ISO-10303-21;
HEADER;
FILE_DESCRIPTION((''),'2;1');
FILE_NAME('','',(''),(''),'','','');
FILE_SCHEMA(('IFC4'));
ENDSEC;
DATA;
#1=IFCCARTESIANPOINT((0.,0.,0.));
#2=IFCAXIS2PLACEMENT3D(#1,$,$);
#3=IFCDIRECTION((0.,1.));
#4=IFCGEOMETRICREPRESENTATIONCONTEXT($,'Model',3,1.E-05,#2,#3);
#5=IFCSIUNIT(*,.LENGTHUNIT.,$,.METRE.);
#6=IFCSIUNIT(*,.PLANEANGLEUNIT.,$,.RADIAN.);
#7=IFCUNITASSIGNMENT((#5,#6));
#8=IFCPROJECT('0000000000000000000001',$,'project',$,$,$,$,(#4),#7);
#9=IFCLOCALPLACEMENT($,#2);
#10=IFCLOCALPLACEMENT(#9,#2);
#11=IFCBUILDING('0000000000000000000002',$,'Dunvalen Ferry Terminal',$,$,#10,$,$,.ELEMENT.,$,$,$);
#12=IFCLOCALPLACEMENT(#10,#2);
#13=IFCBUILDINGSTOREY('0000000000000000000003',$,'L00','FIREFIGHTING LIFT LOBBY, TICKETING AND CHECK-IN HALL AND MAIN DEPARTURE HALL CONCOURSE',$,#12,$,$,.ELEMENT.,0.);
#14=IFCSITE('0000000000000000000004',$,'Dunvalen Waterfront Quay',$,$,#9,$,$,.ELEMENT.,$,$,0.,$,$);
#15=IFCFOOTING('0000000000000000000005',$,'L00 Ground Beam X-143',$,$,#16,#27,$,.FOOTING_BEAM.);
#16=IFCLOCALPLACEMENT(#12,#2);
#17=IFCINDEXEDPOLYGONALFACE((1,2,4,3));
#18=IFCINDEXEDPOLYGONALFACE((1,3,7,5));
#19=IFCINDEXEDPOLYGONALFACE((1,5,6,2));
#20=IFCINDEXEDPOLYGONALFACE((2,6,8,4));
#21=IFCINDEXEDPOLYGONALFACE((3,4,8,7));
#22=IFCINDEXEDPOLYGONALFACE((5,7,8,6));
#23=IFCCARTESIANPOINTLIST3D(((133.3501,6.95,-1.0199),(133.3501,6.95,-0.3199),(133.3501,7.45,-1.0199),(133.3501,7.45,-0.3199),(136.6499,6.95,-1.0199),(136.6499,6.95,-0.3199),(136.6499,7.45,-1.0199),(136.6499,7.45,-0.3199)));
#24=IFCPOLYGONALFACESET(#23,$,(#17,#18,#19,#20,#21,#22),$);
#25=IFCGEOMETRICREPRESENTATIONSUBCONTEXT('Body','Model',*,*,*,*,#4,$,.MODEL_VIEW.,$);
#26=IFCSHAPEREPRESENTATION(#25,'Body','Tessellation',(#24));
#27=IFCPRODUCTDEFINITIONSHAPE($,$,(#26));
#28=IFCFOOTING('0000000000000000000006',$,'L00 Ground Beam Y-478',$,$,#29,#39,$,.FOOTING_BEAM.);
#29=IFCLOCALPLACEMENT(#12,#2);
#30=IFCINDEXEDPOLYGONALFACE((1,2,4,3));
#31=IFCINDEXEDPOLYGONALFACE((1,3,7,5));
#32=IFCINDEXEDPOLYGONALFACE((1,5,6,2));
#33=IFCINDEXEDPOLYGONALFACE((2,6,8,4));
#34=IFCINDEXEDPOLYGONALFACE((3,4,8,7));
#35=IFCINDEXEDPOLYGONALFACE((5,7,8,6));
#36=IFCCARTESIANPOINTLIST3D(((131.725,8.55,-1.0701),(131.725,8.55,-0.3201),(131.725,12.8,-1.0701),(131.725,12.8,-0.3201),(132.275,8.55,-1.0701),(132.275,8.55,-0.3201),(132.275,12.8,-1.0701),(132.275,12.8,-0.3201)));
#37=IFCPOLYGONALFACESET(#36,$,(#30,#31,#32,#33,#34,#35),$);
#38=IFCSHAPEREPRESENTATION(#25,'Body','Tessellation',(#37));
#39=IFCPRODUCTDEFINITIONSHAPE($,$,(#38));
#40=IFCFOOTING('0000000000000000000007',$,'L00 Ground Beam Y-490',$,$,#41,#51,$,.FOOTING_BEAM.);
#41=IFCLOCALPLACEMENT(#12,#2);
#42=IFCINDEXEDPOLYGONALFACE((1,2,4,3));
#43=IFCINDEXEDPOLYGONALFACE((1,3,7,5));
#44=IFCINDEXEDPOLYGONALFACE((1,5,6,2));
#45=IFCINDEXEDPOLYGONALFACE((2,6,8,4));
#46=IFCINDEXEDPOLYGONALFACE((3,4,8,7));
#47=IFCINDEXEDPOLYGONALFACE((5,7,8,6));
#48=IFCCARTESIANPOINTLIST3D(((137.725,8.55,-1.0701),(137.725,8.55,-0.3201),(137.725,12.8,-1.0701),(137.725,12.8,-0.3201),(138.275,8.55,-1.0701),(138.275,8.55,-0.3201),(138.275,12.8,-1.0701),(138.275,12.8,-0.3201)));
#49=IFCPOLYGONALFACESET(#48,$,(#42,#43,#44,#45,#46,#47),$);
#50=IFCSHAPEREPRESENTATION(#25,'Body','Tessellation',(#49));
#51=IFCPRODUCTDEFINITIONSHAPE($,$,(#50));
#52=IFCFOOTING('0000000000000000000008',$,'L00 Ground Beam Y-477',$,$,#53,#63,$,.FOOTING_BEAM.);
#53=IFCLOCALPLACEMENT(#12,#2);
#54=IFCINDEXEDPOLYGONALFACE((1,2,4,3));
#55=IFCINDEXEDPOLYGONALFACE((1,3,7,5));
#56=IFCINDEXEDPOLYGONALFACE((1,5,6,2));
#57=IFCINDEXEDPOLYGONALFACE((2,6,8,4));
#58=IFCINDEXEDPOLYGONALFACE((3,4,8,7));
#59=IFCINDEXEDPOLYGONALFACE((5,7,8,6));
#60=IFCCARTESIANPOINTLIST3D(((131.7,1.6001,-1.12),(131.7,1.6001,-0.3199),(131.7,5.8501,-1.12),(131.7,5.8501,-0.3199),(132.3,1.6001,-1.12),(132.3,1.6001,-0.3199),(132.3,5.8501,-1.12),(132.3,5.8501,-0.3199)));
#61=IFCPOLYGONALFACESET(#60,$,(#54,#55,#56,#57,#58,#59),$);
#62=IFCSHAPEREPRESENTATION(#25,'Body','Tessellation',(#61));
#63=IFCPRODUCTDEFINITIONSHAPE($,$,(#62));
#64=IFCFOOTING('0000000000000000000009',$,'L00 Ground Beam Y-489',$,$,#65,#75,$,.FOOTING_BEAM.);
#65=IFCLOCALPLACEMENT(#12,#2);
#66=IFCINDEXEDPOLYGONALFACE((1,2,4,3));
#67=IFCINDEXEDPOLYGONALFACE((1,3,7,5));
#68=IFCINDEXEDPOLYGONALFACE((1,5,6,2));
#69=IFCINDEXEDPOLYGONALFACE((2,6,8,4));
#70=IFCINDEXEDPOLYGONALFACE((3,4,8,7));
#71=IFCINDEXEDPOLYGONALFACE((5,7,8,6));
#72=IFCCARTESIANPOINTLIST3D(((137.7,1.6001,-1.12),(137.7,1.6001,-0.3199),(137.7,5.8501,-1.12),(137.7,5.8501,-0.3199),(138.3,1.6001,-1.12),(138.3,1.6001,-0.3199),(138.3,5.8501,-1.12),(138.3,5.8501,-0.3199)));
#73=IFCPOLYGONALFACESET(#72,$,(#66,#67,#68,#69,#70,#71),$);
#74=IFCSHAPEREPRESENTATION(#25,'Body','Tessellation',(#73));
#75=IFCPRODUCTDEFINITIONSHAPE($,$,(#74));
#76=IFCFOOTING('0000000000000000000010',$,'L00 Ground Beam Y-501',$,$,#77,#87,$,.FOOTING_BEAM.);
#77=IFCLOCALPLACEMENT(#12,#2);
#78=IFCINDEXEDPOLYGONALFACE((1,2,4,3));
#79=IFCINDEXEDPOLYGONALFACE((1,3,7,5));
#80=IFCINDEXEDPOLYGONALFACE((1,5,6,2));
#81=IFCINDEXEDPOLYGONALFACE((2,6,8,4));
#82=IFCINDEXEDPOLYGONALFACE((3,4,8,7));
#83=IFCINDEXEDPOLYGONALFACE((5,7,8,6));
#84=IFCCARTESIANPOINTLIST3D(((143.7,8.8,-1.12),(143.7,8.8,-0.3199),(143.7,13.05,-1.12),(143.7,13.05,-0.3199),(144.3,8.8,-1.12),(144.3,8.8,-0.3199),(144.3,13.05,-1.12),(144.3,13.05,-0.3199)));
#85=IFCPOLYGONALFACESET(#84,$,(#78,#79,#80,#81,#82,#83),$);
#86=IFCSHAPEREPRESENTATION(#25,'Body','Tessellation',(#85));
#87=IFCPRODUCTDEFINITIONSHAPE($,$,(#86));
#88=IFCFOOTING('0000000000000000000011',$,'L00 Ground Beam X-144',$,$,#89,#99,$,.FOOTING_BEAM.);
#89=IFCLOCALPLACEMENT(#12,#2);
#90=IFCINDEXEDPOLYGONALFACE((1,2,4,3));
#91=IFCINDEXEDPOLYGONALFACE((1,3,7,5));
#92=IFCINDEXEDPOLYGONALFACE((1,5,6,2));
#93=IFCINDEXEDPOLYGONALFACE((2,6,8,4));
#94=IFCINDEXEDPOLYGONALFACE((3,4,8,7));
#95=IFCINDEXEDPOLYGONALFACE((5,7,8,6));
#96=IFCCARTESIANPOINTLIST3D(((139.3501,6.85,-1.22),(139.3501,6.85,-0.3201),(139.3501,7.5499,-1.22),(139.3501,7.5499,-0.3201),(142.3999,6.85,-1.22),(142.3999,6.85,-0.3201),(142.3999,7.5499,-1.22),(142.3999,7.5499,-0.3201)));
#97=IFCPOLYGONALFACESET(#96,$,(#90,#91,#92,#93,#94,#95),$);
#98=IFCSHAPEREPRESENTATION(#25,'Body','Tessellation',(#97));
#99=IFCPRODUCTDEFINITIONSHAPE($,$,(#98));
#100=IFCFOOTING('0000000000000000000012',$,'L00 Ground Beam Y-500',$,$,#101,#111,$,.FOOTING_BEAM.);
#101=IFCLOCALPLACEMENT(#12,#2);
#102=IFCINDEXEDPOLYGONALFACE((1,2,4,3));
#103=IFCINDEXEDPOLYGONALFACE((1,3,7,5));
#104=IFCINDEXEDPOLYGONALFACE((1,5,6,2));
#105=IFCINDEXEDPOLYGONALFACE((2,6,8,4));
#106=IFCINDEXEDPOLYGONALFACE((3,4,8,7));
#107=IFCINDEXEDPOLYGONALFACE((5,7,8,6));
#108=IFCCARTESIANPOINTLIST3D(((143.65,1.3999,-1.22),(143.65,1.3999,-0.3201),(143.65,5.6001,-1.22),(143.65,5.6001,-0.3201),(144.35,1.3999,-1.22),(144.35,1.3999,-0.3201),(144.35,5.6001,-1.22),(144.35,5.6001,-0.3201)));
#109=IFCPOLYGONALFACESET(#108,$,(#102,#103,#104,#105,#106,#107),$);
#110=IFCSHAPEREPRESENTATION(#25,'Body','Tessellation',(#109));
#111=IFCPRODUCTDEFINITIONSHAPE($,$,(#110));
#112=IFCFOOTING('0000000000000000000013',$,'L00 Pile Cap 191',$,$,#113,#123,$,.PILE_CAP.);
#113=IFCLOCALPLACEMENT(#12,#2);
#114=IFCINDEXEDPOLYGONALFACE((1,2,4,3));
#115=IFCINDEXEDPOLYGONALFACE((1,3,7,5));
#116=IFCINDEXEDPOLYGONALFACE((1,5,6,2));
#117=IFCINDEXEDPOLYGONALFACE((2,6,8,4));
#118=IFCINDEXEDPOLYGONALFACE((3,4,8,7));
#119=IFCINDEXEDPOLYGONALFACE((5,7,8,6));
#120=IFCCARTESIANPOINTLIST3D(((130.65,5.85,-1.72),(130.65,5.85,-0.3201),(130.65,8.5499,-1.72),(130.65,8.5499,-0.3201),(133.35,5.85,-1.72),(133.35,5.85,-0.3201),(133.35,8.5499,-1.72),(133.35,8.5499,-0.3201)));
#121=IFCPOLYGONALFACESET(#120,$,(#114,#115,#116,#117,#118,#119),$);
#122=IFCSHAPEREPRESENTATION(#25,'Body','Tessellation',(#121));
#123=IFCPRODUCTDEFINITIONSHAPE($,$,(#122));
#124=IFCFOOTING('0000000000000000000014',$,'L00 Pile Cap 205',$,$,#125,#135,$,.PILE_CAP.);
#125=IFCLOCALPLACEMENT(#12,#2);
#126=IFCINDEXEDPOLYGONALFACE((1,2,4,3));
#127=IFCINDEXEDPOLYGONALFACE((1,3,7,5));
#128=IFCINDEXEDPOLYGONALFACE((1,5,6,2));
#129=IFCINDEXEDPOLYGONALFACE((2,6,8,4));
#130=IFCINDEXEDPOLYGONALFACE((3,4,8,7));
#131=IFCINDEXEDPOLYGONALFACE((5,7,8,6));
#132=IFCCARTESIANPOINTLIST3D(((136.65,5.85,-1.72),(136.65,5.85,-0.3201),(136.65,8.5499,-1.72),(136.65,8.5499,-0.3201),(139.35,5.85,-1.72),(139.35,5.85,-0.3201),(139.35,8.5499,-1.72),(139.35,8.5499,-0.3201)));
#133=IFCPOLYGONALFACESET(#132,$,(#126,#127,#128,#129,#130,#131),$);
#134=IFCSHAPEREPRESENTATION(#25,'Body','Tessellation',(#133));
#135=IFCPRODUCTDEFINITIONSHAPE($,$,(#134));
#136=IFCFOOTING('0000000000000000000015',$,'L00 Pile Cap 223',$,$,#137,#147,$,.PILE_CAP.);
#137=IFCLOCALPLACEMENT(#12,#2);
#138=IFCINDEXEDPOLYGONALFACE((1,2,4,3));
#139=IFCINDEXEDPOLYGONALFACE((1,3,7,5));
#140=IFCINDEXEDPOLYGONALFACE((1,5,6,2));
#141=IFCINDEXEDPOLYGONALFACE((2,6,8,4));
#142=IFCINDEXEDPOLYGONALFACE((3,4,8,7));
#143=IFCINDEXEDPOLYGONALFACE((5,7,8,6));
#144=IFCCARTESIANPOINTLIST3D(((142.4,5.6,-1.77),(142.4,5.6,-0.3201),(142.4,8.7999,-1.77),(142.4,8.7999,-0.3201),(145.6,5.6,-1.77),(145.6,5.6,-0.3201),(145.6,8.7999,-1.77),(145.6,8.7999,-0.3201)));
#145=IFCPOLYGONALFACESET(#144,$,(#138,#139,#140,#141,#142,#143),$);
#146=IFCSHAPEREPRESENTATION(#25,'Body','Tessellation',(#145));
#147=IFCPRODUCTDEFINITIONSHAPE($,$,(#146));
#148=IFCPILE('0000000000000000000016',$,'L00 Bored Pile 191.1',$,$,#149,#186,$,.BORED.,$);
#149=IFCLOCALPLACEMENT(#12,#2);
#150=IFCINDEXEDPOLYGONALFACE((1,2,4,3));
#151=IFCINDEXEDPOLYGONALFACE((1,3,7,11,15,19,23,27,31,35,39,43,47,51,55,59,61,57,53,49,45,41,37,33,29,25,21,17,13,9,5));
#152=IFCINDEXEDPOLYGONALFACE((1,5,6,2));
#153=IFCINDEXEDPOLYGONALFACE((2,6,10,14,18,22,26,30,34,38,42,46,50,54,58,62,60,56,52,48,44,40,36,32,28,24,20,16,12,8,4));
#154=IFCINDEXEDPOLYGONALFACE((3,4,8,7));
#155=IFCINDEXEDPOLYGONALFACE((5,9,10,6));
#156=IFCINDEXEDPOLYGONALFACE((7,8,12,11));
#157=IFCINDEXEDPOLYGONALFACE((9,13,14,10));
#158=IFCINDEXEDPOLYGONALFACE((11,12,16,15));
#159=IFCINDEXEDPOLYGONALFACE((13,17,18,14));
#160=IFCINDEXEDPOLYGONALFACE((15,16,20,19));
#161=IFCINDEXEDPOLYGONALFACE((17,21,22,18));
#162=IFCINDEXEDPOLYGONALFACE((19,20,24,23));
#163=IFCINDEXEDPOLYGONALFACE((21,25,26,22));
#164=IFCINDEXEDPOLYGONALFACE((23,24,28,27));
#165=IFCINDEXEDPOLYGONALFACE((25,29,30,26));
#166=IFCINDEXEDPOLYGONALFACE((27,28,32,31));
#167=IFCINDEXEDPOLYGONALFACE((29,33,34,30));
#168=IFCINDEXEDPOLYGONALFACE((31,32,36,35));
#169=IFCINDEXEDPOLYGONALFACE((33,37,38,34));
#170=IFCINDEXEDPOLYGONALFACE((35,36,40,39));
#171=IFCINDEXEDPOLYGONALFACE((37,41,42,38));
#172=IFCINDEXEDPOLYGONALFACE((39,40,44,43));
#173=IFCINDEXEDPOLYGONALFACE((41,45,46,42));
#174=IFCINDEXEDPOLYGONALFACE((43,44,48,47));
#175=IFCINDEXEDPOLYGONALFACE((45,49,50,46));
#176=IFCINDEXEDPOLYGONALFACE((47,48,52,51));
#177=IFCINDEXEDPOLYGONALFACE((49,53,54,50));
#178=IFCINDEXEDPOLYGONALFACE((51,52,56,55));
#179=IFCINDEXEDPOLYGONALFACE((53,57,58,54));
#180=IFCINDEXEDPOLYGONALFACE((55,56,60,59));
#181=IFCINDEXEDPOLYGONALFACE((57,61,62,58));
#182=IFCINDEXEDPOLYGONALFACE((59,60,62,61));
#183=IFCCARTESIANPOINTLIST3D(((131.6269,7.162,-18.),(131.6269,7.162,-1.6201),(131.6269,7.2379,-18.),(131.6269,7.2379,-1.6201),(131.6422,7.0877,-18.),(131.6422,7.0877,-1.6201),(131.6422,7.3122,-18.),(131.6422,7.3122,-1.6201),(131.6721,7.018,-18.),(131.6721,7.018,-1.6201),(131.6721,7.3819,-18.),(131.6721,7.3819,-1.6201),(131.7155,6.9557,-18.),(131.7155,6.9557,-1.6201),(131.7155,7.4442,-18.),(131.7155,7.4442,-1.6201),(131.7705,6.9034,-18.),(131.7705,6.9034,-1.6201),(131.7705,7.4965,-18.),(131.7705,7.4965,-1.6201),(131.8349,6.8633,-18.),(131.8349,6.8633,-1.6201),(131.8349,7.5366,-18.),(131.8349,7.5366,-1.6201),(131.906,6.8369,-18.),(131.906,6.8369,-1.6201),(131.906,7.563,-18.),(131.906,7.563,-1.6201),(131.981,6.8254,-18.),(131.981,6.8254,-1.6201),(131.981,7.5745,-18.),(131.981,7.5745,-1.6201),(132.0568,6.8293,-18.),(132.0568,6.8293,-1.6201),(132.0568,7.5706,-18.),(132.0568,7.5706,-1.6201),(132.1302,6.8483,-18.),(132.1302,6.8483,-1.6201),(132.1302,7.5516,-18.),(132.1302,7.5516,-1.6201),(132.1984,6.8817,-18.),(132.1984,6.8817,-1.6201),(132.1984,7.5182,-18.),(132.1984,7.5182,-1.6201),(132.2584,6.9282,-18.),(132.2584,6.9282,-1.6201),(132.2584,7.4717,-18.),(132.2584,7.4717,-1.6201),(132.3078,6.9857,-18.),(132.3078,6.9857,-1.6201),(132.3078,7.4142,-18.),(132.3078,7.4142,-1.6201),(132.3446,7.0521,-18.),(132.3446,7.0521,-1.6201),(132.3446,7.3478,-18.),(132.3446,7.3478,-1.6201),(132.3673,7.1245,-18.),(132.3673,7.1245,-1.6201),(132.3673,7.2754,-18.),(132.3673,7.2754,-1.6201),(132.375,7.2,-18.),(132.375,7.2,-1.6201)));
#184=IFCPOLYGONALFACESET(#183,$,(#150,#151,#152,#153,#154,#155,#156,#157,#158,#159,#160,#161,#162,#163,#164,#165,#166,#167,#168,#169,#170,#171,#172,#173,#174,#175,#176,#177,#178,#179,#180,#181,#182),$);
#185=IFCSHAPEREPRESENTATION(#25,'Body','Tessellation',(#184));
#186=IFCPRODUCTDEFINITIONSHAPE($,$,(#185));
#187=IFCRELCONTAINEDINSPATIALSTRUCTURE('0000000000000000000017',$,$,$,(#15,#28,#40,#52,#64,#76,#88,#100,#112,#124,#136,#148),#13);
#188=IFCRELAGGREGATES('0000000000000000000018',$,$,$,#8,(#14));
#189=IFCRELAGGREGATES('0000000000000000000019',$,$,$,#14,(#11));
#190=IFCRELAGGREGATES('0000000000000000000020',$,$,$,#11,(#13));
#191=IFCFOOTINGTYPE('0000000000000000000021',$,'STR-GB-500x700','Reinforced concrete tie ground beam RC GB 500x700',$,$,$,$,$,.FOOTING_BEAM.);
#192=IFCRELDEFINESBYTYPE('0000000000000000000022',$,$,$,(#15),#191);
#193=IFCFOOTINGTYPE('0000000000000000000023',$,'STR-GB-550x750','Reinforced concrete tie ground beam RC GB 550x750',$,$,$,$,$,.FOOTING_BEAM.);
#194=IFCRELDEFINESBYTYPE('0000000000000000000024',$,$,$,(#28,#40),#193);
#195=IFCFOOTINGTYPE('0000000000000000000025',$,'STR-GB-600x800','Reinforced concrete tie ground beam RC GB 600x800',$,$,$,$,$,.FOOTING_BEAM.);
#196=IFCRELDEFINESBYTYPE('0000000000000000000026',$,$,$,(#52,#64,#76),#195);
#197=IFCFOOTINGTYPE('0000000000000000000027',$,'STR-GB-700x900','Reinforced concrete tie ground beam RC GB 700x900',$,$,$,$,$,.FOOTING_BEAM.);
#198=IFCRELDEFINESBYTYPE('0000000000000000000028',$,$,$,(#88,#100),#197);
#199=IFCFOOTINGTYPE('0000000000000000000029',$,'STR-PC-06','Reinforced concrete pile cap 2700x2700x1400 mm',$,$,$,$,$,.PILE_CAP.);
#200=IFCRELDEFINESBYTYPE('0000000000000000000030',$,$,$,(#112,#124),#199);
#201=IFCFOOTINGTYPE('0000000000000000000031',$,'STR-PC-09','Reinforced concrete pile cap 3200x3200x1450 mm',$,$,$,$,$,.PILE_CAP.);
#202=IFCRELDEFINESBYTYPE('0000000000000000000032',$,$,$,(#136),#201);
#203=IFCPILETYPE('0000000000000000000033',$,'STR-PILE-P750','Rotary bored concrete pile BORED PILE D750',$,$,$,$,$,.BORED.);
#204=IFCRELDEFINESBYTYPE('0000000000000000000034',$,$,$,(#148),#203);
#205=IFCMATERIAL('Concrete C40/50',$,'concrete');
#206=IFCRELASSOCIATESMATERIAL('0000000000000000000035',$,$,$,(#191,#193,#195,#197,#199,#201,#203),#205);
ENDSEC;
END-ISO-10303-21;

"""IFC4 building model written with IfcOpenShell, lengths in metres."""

from ifc_helpers import new_model, si_unit, direction, frame, origin, origin_2d, place, context, subcontext, project, spatial, rectangle, circle, extrude, material, material_profile, profile_set, type_object, element, save


model = new_model("IFC4")

# Units and contexts
model_context = context("Model", 3, precision=1e-05, world=origin(), true_north=direction((0.0, 1.0)))
body_context = subcontext(model_context, "Body", "Model", "MODEL_VIEW")
ifc_project = project(units=[si_unit("LENGTHUNIT", "METRE"), si_unit("PLANEANGLEUNIT", "RADIAN")], contexts=[model_context])

# Site, building, storey
site_placement = place(None, origin())
site = spatial("IfcSite", under=ifc_project, at=site_placement, Name="Dunvalen Waterfront Quay", CompositionType="ELEMENT", RefElevation=0.0)
building_placement = place(site_placement, origin())
building = spatial("IfcBuilding", under=site, at=building_placement, Name="Dunvalen Ferry Terminal", CompositionType="ELEMENT")
storey_placement = place(building_placement, origin())
storey = spatial("IfcBuildingStorey", under=building, at=storey_placement, Name="L00", Description="FIREFIGHTING LIFT LOBBY, TICKETING AND CHECK-IN HALL AND MAIN DEPARTURE HALL CONCOURSE", CompositionType="ELEMENT", Elevation=0.0)

# Footings
ifc_material = material(Name="Concrete C40/50", Category="concrete")
ifc_material_profile_1 = material_profile(ifc_material, rectangle(XDim=0.5, YDim=0.7, at=origin_2d()), Name="Concrete C40/50")
ifc_profile_set_1 = profile_set([ifc_material_profile_1], Name="Concrete C40/50")
footing_type_1 = type_object("IfcFootingType", Name="STR-GB-500x700", Description="Reinforced concrete tie ground beam RC GB 500x700", PredefinedType="FOOTING_BEAM", material=ifc_profile_set_1)
footing_1_placement = place(storey_placement, frame((133.3501, 7.2, -0.6699), z_axis=(1.0, 0.0, 0.0), x_axis=(0.0, 1.0, 0.0)))
element("IfcFooting", 1, at=footing_1_placement, inside=storey, type_object=footing_type_1, Name="L00 Ground Beam X-143", PredefinedType="FOOTING_BEAM", context=body_context, shape_type="SweptSolid", body=[
    extrude(rectangle(XDim=0.5, YDim=0.7, at=origin_2d()), origin(), (0.0, 0.0, 1.0), 3.2998),
])
ifc_material_profile_2 = material_profile(ifc_material, rectangle(XDim=0.55, YDim=0.75, at=origin_2d()), Name="Concrete C40/50")
ifc_profile_set_2 = profile_set([ifc_material_profile_2], Name="Concrete C40/50")
footing_type_2 = type_object("IfcFootingType", Name="STR-GB-550x750", Description="Reinforced concrete tie ground beam RC GB 550x750", PredefinedType="FOOTING_BEAM", material=ifc_profile_set_2)
for number, where, z_axis, x_axis, name in (
    (2, (132.0, 8.55, -0.6951), (0.0, 1.0, 0.0), (-1.0, 0.0, 0.0), "L00 Ground Beam Y-478"),
    (3, (138.0, 8.55, -0.6951), (0.0, 1.0, 0.0), (-1.0, 0.0, 0.0), "L00 Ground Beam Y-490"),
):
    element("IfcFooting", number, at=place(storey_placement, frame(where, z_axis=z_axis, x_axis=x_axis)), inside=storey, type_object=footing_type_2, Name=name, PredefinedType="FOOTING_BEAM", context=body_context, shape_type="SweptSolid", body=[
        extrude(rectangle(XDim=0.55, YDim=0.75, at=origin_2d()), origin(), (0.0, 0.0, 1.0), 4.25),
    ])
ifc_material_profile_3 = material_profile(ifc_material, rectangle(XDim=0.6001, YDim=0.8, at=origin_2d()), Name="Concrete C40/50")
ifc_profile_set_3 = profile_set([ifc_material_profile_3], Name="Concrete C40/50")
footing_type_3 = type_object("IfcFootingType", Name="STR-GB-600x800", Description="Reinforced concrete tie ground beam RC GB 600x800", PredefinedType="FOOTING_BEAM", material=ifc_profile_set_3)
for number, where, z_axis, x_axis, name in (
    (4, (132.0, 1.6001, -0.72), (0.0, 1.0, 0.0), (-1.0, 0.0, 0.0), "L00 Ground Beam Y-477"),
    (5, (138.0, 1.6001, -0.72), (0.0, 1.0, 0.0), (-1.0, 0.0, 0.0), "L00 Ground Beam Y-489"),
    (6, (144.0, 8.8, -0.72), (0.0, 1.0, 0.0), (-1.0, 0.0, 0.0), "L00 Ground Beam Y-501"),
):
    element("IfcFooting", number, at=place(storey_placement, frame(where, z_axis=z_axis, x_axis=x_axis)), inside=storey, type_object=footing_type_3, Name=name, PredefinedType="FOOTING_BEAM", context=body_context, shape_type="SweptSolid", body=[
        extrude(rectangle(XDim=0.6001, YDim=0.8, at=origin_2d()), origin(), (0.0, 0.0, 1.0), 4.25),
    ])
ifc_material_profile_4 = material_profile(ifc_material, rectangle(XDim=0.7, YDim=0.8999, at=origin_2d()), Name="Concrete C40/50")
ifc_profile_set_4 = profile_set([ifc_material_profile_4], Name="Concrete C40/50")
footing_type_4 = type_object("IfcFootingType", Name="STR-GB-700x900", Description="Reinforced concrete tie ground beam RC GB 700x900", PredefinedType="FOOTING_BEAM", material=ifc_profile_set_4)
footing_2_placement = place(storey_placement, frame((139.3501, 7.2, -0.77), z_axis=(1.0, 0.0, 0.0), x_axis=(0.0, 1.0, 0.0)))
element("IfcFooting", 7, at=footing_2_placement, inside=storey, type_object=footing_type_4, Name="L00 Ground Beam X-144", PredefinedType="FOOTING_BEAM", context=body_context, shape_type="SweptSolid", body=[
    extrude(rectangle(XDim=0.7, YDim=0.8999, at=origin_2d()), origin(), (0.0, 0.0, 1.0), 3.0498),
])
footing_3_placement = place(storey_placement, frame((144.0, 1.3999, -0.77), z_axis=(0.0, 1.0, 0.0), x_axis=(-1.0, 0.0, 0.0)))
element("IfcFooting", 8, at=footing_3_placement, inside=storey, type_object=footing_type_4, Name="L00 Ground Beam Y-500", PredefinedType="FOOTING_BEAM", context=body_context, shape_type="SweptSolid", body=[
    extrude(rectangle(XDim=0.7, YDim=0.8999, at=origin_2d()), origin(), (0.0, 0.0, 1.0), 4.2002),
])
footing_type_5 = type_object("IfcFootingType", Name="STR-PC-06", Description="Reinforced concrete pile cap 2700x2700x1400 mm", PredefinedType="PILE_CAP", material=ifc_material)
for number, where, z_axis, x_axis, name in (
    (9, (132.0, 7.2, -1.72), (0.0, 0.0, 1.0), (1.0, 0.0, 0.0), "L00 Pile Cap 191"),
    (10, (138.0, 7.2, -1.72), (0.0, 0.0, 1.0), (1.0, 0.0, 0.0), "L00 Pile Cap 205"),
):
    element("IfcFooting", number, at=place(storey_placement, frame(where, z_axis=z_axis, x_axis=x_axis)), inside=storey, type_object=footing_type_5, Name=name, PredefinedType="PILE_CAP", context=body_context, shape_type="SweptSolid", body=[
        extrude(rectangle(XDim=2.7, YDim=2.7, at=origin_2d()), origin(), (0.0, 0.0, 1.0), 1.3999),
    ])
footing_type_6 = type_object("IfcFootingType", Name="STR-PC-09", Description="Reinforced concrete pile cap 3200x3200x1450 mm", PredefinedType="PILE_CAP", material=ifc_material)
footing_4_placement = place(storey_placement, frame((144.0, 7.2, -1.77), z_axis=(0.0, 0.0, 1.0), x_axis=(1.0, 0.0, 0.0)))
element("IfcFooting", 11, at=footing_4_placement, inside=storey, type_object=footing_type_6, Name="L00 Pile Cap 223", PredefinedType="PILE_CAP", context=body_context, shape_type="SweptSolid", body=[
    extrude(rectangle(XDim=3.2, YDim=3.2, at=origin_2d()), origin(), (0.0, 0.0, 1.0), 1.45),
])

# Pile
ifc_material_profile_5 = material_profile(ifc_material, circle(Radius=0.375, at=origin_2d()), Name="Concrete C40/50")
ifc_profile_set_5 = profile_set([ifc_material_profile_5], Name="Concrete C40/50")
pile_type = type_object("IfcPileType", Name="STR-PILE-P750", Description="Rotary bored concrete pile BORED PILE D750", PredefinedType="BORED", material=ifc_profile_set_5)
pile_1_placement = place(storey_placement, frame((132.0, 7.2, -1.6201), z_axis=(0.0, 0.0, -1.0), x_axis=(1.0, 0.0, 0.0)))
element("IfcPile", 12, at=pile_1_placement, inside=storey, type_object=pile_type, Name="L00 Bored Pile 191.1", PredefinedType="BORED", context=body_context, shape_type="SweptSolid", body=[
    extrude(circle(Radius=0.375, at=origin_2d()), origin(), (0.0, 0.0, 1.0), 16.3799),
])

save(model, "model.ifc")
